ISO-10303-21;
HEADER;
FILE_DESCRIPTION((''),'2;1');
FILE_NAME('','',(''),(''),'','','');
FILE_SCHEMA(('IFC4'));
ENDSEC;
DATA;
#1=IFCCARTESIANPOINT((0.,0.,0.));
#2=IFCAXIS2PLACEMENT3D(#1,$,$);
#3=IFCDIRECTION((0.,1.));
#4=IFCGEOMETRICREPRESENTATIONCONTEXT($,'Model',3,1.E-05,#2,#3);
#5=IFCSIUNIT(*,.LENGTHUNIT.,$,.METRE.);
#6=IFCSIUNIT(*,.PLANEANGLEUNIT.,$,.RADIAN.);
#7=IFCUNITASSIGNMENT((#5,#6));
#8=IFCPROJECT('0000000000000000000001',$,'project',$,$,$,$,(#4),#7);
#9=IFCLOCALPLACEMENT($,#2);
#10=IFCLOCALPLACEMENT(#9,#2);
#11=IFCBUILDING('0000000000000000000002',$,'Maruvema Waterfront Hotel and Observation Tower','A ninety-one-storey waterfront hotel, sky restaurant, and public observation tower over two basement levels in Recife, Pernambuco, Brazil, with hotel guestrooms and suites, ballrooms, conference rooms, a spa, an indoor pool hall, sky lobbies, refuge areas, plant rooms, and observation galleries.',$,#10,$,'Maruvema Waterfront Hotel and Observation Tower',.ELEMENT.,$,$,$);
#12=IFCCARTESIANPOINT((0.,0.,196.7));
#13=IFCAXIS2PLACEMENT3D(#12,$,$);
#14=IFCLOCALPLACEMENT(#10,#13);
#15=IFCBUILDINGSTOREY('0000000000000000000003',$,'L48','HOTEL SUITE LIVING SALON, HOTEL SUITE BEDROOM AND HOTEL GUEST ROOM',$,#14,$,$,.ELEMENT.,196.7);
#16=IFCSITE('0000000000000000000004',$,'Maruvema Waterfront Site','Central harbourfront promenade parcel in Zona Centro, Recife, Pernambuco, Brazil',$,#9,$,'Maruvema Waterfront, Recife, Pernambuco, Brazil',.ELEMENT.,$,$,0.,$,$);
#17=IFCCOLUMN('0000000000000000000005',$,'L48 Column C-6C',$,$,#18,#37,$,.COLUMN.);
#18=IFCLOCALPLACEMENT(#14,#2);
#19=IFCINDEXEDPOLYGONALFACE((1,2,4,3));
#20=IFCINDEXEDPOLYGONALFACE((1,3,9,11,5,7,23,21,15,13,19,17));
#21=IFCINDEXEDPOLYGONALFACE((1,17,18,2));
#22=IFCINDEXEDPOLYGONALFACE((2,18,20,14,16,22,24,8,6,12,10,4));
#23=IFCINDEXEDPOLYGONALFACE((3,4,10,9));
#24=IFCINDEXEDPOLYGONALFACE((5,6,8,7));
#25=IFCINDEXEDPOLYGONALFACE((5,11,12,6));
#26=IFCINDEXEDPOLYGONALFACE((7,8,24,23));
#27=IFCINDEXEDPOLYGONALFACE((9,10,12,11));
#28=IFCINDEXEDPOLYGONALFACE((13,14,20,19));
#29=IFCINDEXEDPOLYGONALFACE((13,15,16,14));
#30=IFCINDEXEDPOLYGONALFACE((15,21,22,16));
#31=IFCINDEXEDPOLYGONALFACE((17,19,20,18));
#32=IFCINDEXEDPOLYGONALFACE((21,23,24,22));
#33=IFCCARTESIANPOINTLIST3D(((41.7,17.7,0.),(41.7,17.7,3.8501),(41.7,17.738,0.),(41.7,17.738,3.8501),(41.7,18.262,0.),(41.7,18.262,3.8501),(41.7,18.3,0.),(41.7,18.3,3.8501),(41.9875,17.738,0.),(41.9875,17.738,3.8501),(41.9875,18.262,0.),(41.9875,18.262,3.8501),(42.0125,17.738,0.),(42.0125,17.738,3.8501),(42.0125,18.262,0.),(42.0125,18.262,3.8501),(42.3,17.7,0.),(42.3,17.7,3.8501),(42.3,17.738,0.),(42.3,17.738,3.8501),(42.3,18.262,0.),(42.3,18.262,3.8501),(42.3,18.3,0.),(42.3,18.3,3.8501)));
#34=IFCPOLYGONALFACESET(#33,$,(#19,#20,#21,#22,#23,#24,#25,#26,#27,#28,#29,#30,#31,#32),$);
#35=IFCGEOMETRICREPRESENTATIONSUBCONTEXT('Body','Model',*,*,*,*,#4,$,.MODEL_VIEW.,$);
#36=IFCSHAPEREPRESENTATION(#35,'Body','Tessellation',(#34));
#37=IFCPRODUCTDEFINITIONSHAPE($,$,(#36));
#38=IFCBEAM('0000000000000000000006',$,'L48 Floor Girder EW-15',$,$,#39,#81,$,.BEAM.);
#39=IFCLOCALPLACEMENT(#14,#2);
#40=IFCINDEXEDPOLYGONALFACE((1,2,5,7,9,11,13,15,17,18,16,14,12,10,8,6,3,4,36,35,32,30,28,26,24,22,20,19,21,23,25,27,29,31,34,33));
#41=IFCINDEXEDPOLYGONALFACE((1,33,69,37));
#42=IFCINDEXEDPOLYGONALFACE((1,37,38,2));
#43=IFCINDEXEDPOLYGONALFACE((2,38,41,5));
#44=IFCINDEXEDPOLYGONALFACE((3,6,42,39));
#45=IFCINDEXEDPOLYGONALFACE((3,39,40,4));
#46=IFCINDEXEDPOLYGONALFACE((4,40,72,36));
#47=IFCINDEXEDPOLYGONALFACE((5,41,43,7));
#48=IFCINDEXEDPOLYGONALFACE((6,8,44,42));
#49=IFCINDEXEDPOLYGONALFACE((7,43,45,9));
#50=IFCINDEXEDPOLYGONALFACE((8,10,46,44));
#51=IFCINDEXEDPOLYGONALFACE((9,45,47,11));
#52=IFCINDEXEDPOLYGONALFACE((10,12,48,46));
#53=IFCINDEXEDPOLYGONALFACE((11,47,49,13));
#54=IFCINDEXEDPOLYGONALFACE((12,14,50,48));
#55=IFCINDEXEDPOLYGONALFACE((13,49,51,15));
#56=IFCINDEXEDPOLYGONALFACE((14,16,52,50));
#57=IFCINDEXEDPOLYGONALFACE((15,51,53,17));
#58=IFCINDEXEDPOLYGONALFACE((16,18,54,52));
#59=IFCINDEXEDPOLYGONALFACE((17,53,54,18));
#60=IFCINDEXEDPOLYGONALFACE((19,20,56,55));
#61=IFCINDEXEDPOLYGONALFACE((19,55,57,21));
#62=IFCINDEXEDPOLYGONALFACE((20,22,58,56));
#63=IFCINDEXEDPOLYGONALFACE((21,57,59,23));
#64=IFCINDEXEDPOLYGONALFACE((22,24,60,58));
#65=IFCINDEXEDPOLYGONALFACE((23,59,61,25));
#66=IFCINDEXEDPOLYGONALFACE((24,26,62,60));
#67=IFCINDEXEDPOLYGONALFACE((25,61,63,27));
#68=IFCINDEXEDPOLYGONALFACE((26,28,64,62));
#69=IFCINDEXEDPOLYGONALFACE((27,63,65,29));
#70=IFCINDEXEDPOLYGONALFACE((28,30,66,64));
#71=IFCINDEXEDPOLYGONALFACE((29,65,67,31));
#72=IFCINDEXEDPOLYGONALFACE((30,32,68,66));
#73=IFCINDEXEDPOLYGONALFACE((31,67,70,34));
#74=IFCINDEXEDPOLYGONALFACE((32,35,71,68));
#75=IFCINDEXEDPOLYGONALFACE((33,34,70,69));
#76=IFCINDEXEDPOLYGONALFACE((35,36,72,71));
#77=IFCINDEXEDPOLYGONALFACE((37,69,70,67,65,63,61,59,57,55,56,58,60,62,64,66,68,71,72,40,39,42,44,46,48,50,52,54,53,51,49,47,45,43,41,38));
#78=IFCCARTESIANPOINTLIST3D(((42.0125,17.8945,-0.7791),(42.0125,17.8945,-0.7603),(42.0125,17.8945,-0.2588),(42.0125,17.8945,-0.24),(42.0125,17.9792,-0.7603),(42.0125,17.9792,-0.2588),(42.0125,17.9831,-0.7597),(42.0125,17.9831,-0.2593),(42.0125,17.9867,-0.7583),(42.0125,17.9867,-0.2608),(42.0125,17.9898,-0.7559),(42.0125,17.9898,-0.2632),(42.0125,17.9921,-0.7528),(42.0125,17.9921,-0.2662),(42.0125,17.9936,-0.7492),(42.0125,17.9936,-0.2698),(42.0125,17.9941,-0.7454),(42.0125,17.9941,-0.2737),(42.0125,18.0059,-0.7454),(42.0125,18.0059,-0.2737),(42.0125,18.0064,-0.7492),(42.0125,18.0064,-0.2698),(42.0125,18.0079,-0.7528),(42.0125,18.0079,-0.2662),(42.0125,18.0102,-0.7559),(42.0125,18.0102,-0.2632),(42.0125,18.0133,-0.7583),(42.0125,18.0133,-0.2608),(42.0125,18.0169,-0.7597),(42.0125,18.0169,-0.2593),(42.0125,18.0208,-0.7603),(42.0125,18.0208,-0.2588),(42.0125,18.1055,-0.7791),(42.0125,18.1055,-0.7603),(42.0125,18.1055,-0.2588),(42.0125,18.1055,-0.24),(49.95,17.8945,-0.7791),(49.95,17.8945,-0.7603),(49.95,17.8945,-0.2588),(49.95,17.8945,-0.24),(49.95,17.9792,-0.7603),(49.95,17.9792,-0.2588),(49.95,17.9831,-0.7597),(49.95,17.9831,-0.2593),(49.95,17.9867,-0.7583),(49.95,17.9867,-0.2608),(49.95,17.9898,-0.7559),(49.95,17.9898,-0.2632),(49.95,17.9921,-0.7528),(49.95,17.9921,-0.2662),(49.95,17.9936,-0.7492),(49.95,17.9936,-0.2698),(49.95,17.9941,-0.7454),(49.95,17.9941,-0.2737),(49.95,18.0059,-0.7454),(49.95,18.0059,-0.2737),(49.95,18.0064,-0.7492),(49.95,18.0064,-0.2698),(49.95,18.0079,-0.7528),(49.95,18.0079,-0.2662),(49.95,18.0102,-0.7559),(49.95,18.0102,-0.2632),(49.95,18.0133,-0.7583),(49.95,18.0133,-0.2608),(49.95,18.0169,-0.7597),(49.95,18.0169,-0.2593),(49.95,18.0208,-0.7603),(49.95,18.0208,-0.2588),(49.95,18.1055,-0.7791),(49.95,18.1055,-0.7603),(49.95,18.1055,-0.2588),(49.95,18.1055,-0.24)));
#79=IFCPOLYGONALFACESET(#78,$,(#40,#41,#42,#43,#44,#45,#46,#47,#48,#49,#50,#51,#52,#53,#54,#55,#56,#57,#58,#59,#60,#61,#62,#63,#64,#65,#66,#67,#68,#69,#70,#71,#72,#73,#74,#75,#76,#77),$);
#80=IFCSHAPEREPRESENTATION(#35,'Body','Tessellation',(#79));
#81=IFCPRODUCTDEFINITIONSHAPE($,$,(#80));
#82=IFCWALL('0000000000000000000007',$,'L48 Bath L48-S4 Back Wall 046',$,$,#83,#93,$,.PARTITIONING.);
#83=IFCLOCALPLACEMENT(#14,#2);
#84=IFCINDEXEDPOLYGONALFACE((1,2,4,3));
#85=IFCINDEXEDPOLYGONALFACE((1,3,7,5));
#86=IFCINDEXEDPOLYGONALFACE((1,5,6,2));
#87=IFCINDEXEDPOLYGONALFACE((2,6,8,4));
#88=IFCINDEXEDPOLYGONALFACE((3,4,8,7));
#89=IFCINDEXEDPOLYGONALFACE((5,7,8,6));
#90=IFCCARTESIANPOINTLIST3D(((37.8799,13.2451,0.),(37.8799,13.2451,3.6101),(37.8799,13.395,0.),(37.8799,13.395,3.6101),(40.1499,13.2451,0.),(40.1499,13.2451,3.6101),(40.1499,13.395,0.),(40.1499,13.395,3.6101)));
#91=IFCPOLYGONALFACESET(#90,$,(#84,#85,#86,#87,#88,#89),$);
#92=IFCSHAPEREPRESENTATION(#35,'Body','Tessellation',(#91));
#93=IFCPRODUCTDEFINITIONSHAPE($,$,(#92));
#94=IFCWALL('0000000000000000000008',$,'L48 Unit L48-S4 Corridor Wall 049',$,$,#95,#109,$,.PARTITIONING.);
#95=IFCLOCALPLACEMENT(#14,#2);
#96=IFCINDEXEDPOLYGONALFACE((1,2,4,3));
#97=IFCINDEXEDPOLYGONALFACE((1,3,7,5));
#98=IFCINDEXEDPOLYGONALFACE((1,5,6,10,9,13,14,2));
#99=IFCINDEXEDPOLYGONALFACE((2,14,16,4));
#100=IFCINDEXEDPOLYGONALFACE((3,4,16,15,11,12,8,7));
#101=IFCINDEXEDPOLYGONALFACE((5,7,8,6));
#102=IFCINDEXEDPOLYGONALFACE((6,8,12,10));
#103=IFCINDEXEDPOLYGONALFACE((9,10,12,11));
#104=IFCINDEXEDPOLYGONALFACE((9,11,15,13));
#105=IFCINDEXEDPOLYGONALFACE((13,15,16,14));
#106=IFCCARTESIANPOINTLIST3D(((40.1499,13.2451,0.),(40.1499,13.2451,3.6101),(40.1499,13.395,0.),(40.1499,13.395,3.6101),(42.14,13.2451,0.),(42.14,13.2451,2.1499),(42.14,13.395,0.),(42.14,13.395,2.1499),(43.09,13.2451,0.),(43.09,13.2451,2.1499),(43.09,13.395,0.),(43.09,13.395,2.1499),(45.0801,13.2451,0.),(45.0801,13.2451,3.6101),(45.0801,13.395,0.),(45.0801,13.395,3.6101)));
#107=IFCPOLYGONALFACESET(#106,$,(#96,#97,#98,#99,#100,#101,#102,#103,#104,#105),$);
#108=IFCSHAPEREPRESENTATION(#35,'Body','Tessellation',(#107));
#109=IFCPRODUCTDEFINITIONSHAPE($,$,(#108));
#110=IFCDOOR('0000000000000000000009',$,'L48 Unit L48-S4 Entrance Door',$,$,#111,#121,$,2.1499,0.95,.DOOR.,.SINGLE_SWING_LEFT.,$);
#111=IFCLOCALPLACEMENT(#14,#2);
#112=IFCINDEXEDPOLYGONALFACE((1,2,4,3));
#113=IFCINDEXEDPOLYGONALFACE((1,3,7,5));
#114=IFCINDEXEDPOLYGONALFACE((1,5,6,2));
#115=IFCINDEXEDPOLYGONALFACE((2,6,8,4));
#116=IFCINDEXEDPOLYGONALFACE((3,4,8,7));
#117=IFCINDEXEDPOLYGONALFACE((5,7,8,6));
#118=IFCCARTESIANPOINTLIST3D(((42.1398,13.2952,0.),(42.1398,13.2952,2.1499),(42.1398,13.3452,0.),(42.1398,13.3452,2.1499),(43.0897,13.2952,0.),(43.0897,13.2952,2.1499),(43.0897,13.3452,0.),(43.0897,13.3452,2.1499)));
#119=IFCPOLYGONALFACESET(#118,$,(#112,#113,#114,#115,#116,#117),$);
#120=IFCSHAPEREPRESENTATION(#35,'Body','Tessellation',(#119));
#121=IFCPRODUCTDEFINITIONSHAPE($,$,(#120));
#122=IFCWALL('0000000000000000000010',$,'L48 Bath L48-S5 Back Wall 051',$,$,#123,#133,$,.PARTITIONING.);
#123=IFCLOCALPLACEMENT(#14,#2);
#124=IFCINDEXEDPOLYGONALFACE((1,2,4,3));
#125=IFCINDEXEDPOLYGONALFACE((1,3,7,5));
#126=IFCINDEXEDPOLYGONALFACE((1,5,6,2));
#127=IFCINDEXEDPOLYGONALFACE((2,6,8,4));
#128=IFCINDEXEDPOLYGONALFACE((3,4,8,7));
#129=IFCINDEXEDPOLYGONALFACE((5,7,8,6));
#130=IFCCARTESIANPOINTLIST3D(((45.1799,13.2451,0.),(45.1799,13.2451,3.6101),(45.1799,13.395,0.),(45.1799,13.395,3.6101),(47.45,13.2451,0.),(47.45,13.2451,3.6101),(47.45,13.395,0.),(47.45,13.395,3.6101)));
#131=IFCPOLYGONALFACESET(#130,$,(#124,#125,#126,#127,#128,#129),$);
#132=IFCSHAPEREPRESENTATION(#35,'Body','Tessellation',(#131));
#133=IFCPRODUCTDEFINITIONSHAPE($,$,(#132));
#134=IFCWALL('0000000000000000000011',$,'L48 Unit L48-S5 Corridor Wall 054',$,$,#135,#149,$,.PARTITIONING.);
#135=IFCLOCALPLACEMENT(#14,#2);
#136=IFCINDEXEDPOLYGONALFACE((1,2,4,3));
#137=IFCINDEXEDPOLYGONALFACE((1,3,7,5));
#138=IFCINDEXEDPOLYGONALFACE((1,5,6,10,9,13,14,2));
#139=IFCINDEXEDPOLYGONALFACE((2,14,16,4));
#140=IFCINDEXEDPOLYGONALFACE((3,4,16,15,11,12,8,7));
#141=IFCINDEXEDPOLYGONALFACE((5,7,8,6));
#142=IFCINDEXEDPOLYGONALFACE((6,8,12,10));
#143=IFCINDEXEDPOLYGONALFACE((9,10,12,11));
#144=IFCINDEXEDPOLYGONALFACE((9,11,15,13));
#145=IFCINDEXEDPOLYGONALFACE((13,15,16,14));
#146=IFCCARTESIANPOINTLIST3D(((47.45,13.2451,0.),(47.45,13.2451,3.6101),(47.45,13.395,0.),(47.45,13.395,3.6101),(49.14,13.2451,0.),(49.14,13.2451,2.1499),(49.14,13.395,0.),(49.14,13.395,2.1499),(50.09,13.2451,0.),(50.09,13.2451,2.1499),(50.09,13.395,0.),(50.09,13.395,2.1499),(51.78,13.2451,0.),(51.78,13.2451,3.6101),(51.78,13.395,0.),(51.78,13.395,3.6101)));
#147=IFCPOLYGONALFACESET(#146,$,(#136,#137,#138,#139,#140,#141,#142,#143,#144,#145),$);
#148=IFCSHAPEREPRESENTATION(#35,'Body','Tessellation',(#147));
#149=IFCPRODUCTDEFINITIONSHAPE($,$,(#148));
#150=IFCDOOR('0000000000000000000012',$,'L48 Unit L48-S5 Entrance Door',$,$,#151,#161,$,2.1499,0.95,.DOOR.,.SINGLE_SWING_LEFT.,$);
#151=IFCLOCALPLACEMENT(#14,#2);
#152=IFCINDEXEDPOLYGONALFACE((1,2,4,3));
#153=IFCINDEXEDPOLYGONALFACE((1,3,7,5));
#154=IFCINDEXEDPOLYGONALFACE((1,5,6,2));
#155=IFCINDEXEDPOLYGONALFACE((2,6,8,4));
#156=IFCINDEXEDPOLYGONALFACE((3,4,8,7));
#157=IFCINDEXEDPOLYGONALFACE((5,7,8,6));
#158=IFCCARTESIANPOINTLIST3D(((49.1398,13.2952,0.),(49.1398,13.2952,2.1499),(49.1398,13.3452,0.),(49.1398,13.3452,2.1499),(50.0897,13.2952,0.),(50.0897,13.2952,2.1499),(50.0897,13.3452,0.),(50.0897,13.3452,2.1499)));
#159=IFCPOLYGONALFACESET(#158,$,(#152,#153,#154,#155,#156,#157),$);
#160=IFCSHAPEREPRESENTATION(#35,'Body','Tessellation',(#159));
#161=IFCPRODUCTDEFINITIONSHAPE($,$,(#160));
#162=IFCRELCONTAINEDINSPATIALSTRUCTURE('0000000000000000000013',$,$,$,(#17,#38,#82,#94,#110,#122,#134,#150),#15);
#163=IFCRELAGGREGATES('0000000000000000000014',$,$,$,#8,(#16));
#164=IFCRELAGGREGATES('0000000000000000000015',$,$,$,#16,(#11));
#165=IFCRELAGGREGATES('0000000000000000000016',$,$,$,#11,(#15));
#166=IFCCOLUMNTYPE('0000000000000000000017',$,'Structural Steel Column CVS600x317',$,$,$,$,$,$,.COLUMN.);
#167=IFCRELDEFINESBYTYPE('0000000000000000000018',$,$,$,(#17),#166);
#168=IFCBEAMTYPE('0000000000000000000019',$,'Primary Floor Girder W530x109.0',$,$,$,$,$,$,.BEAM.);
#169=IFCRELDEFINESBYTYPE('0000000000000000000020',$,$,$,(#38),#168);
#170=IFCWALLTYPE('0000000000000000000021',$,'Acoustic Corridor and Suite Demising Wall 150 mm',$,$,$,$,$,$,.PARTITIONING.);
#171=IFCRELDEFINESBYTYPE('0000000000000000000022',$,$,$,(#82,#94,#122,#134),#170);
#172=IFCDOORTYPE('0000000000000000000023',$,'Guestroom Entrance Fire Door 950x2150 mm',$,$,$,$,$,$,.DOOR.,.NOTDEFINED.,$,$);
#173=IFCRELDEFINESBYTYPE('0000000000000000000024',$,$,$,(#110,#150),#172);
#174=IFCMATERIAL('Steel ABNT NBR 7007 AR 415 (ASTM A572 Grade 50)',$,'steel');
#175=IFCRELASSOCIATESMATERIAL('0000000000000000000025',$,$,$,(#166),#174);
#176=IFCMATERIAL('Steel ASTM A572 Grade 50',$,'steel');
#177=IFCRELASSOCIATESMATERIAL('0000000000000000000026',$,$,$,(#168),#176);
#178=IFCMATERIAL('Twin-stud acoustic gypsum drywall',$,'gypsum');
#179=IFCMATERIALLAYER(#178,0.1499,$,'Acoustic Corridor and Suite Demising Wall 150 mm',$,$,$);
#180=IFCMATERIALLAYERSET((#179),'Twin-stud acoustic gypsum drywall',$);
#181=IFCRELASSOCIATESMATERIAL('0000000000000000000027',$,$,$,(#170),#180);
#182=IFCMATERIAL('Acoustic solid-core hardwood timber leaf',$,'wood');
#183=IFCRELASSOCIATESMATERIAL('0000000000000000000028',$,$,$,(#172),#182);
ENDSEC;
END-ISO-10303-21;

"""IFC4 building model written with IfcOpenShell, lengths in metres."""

from ifc_helpers import new_model, si_unit, direction, frame, frame_2d, origin, origin_2d, place, context, subcontext, project, spatial, rectangle, i_section, extrude, material, layer, layer_set, material_profile, profile_set, type_object, element, fill, save


model = new_model("IFC4")

# Units and contexts
model_context = context("Model", 3, precision=1e-05, world=origin(), true_north=direction((0.0, 1.0)))
body_context = subcontext(model_context, "Body", "Model", "MODEL_VIEW")
ifc_project = project(units=[si_unit("LENGTHUNIT", "METRE"), si_unit("PLANEANGLEUNIT", "RADIAN")], contexts=[model_context])

# Site, building, storey
site_placement = place(None, origin())
site = spatial("IfcSite", under=ifc_project, at=site_placement, Name="Maruvema Waterfront Site", Description="Central harbourfront promenade parcel in Zona Centro, Recife, Pernambuco, Brazil", LongName="Maruvema Waterfront, Recife, Pernambuco, Brazil", CompositionType="ELEMENT", RefElevation=0.0)
building_placement = place(site_placement, origin())
building = spatial("IfcBuilding", under=site, at=building_placement, Name="Maruvema Waterfront Hotel and Observation Tower", Description="A ninety-one-storey waterfront hotel, sky restaurant, and public observation tower over two basement levels in Recife, Pernambuco, Brazil, with hotel guestrooms and suites, ballrooms, conference rooms, a spa, an indoor pool hall, sky lobbies, refuge areas, plant rooms, and observation galleries.", LongName="Maruvema Waterfront Hotel and Observation Tower", CompositionType="ELEMENT")
storey_placement = place(building_placement, frame((0.0, 0.0, 196.7)))
storey = spatial("IfcBuildingStorey", under=building, at=storey_placement, Name="L48", Description="HOTEL SUITE LIVING SALON, HOTEL SUITE BEDROOM AND HOTEL GUEST ROOM", CompositionType="ELEMENT", Elevation=196.7)

# Column
ifc_material_1 = material(Name="Steel ABNT NBR 7007 AR 415 (ASTM A572 Grade 50)", Category="steel")
ifc_material_profile_1 = material_profile(ifc_material_1, i_section(OverallWidth=0.6001, OverallDepth=0.6001, WebThickness=0.0249, FlangeThickness=0.0381, at=origin_2d()), Name="CVS600x317")
ifc_profile_set_1 = profile_set([ifc_material_profile_1], Name="Steel ABNT NBR 7007 AR 415 (ASTM A572 Grade 50)")
column_type = type_object("IfcColumnType", Name="Structural Steel Column CVS600x317", PredefinedType="COLUMN", material=ifc_profile_set_1)
column_placement = place(storey_placement, frame((42.0, 18.0, 0.0), z_axis=(0.0, 0.0, 1.0), x_axis=(1.0, 0.0, 0.0)))
element("IfcColumn", 1, at=column_placement, inside=storey, type_object=column_type, Name="L48 Column C-6C", PredefinedType="COLUMN", context=body_context, shape_type="SweptSolid", body=[
    extrude(i_section(OverallWidth=0.6001, OverallDepth=0.6001, WebThickness=0.0249, FlangeThickness=0.0381, at=origin_2d()), origin(), (0.0, 0.0, 1.0), 3.8501),
])

# Beam
ifc_material_2 = material(Name="Steel ASTM A572 Grade 50", Category="steel")
ifc_material_profile_2 = material_profile(ifc_material_2, i_section(OverallWidth=0.2109, OverallDepth=0.5391, WebThickness=0.0117, FlangeThickness=0.0188, FilletRadius=0.0149, at=origin_2d()), Name="W530x109.0")
ifc_profile_set_2 = profile_set([ifc_material_profile_2], Name="Steel ASTM A572 Grade 50")
beam_type = type_object("IfcBeamType", Name="Primary Floor Girder W530x109.0", PredefinedType="BEAM", material=ifc_profile_set_2)
beam_placement = place(storey_placement, frame((42.0125, 18.0, -0.5095), z_axis=(1.0, 0.0, 0.0), x_axis=(0.0, 1.0, 0.0)))
element("IfcBeam", 2, at=beam_placement, inside=storey, type_object=beam_type, Name="L48 Floor Girder EW-15", PredefinedType="BEAM", context=body_context, shape_type="SweptSolid", body=[
    extrude(i_section(OverallWidth=0.2109, OverallDepth=0.5391, WebThickness=0.0117, FlangeThickness=0.0188, FilletRadius=0.0149, at=origin_2d()), origin(), (0.0, 0.0, 1.0), 7.9375),
])

# Wall
ifc_material_3 = material(Name="Twin-stud acoustic gypsum drywall", Category="gypsum")
ifc_layer_1 = layer(ifc_material_3, 0.1499, Name="Acoustic Corridor and Suite Demising Wall 150 mm")
ifc_layer_set_1 = layer_set([ifc_layer_1], Name="Twin-stud acoustic gypsum drywall")
wall_type_1 = type_object("IfcWallType", Name="Acoustic Corridor and Suite Demising Wall 150 mm", PredefinedType="PARTITIONING", material=ifc_layer_set_1)
wall_1_placement = place(storey_placement, frame((37.8799, 13.3201, 0.0), z_axis=(0.0, 0.0, 1.0), x_axis=(1.0, 0.0, 0.0)))
element("IfcWall", 3, at=wall_1_placement, inside=storey, type_object=wall_type_1, Name="L48 Bath L48-S4 Back Wall 046", PredefinedType="PARTITIONING", context=body_context, shape_type="SweptSolid", body=[
    extrude(rectangle(XDim=2.27, YDim=0.1499, at=frame_2d((1.135, 0.0))), origin(), (0.0, 0.0, 1.0), 3.6101),
])

# Wall, opening, door
wall_2_placement = place(storey_placement, frame((40.1499, 13.3201, 0.0), z_axis=(0.0, 0.0, 1.0), x_axis=(1.0, 0.0, 0.0)))
wall_2 = element("IfcWall", 4, at=wall_2_placement, inside=storey, type_object=wall_type_1, Name="L48 Unit L48-S4 Corridor Wall 049", PredefinedType="PARTITIONING", context=body_context, shape_type="SweptSolid", body=[
    extrude(rectangle(XDim=4.9302, YDim=0.1499, at=frame_2d((2.4651, 0.0))), origin(), (0.0, 0.0, 1.0), 3.6101),
])
opening_1_placement = place(wall_2_placement, frame((1.99, 0.0, 0.0)))
opening_1 = element("IfcOpeningElement", 5, at=opening_1_placement, cuts=wall_2, PredefinedType="OPENING", context=body_context, shape_type="SweptSolid", body=[
    extrude(rectangle(XDim=0.95, YDim=2.1499, at=frame_2d((0.4751, 1.075))), frame((0.0, 0.085, 0.0), z_axis=(0.0, -1.0, 0.0), x_axis=(1.0, 0.0, 0.0)), (0.0, 0.0, 1.0), 0.1699),
])
ifc_material_4 = material(Name="Acoustic solid-core hardwood timber leaf", Category="wood")
door_type_1 = type_object("IfcDoorType", Name="Guestroom Entrance Fire Door 950x2150 mm", OperationType="NOTDEFINED", PredefinedType="DOOR", material=ifc_material_4)
door_1_placement = place(opening_1_placement, frame((0.95, 0.0, 0.0), z_axis=(0.0, 0.0, 1.0), x_axis=(-1.0, 0.0, 0.0)))
door_1 = element("IfcDoor", 6, at=door_1_placement, inside=storey, type_object=door_type_1, Name="L48 Unit L48-S4 Entrance Door", OperationType="SINGLE_SWING_LEFT", OverallHeight=2.1499, OverallWidth=0.95, PredefinedType="DOOR", context=body_context, shape_type="SweptSolid", body=[
    extrude(rectangle(XDim=0.95, YDim=2.1499, at=frame_2d((0.4751, 1.075))), frame((0.0, 0.0249, 0.0), z_axis=(0.0, -1.0, 0.0), x_axis=(1.0, 0.0, 0.0)), (0.0, 0.0, 1.0), 0.05),
])
fill(opening_1, door_1)

# Wall
wall_3_placement = place(storey_placement, frame((45.1799, 13.3201, 0.0), z_axis=(0.0, 0.0, 1.0), x_axis=(1.0, 0.0, 0.0)))
element("IfcWall", 7, at=wall_3_placement, inside=storey, type_object=wall_type_1, Name="L48 Bath L48-S5 Back Wall 051", PredefinedType="PARTITIONING", context=body_context, shape_type="SweptSolid", body=[
    extrude(rectangle(XDim=2.27, YDim=0.1499, at=frame_2d((1.135, 0.0))), origin(), (0.0, 0.0, 1.0), 3.6101),
])

# Wall, opening, door
wall_4_placement = place(storey_placement, frame((47.45, 13.3201, 0.0), z_axis=(0.0, 0.0, 1.0), x_axis=(1.0, 0.0, 0.0)))
wall_4 = element("IfcWall", 8, at=wall_4_placement, inside=storey, type_object=wall_type_1, Name="L48 Unit L48-S5 Corridor Wall 054", PredefinedType="PARTITIONING", context=body_context, shape_type="SweptSolid", body=[
    extrude(rectangle(XDim=4.3301, YDim=0.1499, at=frame_2d((2.165, 0.0))), origin(), (0.0, 0.0, 1.0), 3.6101),
])
opening_2_placement = place(wall_4_placement, frame((1.6899, 0.0, 0.0)))
opening_2 = element("IfcOpeningElement", 9, at=opening_2_placement, cuts=wall_4, PredefinedType="OPENING", context=body_context, shape_type="SweptSolid", body=[
    extrude(rectangle(XDim=0.95, YDim=2.1499, at=frame_2d((0.4751, 1.075))), frame((0.0, 0.085, 0.0), z_axis=(0.0, -1.0, 0.0), x_axis=(1.0, 0.0, 0.0)), (0.0, 0.0, 1.0), 0.1699),
])
door_2_placement = place(opening_2_placement, frame((0.95, 0.0, 0.0), z_axis=(0.0, 0.0, 1.0), x_axis=(-1.0, 0.0, 0.0)))
door_2 = element("IfcDoor", 10, at=door_2_placement, inside=storey, type_object=door_type_1, Name="L48 Unit L48-S5 Entrance Door", OperationType="SINGLE_SWING_LEFT", OverallHeight=2.1499, OverallWidth=0.95, PredefinedType="DOOR", context=body_context, shape_type="SweptSolid", body=[
    extrude(rectangle(XDim=0.95, YDim=2.1499, at=frame_2d((0.4751, 1.075))), frame((0.0, 0.0249, 0.0), z_axis=(0.0, -1.0, 0.0), x_axis=(1.0, 0.0, 0.0)), (0.0, 0.0, 1.0), 0.05),
])
fill(opening_2, door_2)

save(model, "model.ifc")
